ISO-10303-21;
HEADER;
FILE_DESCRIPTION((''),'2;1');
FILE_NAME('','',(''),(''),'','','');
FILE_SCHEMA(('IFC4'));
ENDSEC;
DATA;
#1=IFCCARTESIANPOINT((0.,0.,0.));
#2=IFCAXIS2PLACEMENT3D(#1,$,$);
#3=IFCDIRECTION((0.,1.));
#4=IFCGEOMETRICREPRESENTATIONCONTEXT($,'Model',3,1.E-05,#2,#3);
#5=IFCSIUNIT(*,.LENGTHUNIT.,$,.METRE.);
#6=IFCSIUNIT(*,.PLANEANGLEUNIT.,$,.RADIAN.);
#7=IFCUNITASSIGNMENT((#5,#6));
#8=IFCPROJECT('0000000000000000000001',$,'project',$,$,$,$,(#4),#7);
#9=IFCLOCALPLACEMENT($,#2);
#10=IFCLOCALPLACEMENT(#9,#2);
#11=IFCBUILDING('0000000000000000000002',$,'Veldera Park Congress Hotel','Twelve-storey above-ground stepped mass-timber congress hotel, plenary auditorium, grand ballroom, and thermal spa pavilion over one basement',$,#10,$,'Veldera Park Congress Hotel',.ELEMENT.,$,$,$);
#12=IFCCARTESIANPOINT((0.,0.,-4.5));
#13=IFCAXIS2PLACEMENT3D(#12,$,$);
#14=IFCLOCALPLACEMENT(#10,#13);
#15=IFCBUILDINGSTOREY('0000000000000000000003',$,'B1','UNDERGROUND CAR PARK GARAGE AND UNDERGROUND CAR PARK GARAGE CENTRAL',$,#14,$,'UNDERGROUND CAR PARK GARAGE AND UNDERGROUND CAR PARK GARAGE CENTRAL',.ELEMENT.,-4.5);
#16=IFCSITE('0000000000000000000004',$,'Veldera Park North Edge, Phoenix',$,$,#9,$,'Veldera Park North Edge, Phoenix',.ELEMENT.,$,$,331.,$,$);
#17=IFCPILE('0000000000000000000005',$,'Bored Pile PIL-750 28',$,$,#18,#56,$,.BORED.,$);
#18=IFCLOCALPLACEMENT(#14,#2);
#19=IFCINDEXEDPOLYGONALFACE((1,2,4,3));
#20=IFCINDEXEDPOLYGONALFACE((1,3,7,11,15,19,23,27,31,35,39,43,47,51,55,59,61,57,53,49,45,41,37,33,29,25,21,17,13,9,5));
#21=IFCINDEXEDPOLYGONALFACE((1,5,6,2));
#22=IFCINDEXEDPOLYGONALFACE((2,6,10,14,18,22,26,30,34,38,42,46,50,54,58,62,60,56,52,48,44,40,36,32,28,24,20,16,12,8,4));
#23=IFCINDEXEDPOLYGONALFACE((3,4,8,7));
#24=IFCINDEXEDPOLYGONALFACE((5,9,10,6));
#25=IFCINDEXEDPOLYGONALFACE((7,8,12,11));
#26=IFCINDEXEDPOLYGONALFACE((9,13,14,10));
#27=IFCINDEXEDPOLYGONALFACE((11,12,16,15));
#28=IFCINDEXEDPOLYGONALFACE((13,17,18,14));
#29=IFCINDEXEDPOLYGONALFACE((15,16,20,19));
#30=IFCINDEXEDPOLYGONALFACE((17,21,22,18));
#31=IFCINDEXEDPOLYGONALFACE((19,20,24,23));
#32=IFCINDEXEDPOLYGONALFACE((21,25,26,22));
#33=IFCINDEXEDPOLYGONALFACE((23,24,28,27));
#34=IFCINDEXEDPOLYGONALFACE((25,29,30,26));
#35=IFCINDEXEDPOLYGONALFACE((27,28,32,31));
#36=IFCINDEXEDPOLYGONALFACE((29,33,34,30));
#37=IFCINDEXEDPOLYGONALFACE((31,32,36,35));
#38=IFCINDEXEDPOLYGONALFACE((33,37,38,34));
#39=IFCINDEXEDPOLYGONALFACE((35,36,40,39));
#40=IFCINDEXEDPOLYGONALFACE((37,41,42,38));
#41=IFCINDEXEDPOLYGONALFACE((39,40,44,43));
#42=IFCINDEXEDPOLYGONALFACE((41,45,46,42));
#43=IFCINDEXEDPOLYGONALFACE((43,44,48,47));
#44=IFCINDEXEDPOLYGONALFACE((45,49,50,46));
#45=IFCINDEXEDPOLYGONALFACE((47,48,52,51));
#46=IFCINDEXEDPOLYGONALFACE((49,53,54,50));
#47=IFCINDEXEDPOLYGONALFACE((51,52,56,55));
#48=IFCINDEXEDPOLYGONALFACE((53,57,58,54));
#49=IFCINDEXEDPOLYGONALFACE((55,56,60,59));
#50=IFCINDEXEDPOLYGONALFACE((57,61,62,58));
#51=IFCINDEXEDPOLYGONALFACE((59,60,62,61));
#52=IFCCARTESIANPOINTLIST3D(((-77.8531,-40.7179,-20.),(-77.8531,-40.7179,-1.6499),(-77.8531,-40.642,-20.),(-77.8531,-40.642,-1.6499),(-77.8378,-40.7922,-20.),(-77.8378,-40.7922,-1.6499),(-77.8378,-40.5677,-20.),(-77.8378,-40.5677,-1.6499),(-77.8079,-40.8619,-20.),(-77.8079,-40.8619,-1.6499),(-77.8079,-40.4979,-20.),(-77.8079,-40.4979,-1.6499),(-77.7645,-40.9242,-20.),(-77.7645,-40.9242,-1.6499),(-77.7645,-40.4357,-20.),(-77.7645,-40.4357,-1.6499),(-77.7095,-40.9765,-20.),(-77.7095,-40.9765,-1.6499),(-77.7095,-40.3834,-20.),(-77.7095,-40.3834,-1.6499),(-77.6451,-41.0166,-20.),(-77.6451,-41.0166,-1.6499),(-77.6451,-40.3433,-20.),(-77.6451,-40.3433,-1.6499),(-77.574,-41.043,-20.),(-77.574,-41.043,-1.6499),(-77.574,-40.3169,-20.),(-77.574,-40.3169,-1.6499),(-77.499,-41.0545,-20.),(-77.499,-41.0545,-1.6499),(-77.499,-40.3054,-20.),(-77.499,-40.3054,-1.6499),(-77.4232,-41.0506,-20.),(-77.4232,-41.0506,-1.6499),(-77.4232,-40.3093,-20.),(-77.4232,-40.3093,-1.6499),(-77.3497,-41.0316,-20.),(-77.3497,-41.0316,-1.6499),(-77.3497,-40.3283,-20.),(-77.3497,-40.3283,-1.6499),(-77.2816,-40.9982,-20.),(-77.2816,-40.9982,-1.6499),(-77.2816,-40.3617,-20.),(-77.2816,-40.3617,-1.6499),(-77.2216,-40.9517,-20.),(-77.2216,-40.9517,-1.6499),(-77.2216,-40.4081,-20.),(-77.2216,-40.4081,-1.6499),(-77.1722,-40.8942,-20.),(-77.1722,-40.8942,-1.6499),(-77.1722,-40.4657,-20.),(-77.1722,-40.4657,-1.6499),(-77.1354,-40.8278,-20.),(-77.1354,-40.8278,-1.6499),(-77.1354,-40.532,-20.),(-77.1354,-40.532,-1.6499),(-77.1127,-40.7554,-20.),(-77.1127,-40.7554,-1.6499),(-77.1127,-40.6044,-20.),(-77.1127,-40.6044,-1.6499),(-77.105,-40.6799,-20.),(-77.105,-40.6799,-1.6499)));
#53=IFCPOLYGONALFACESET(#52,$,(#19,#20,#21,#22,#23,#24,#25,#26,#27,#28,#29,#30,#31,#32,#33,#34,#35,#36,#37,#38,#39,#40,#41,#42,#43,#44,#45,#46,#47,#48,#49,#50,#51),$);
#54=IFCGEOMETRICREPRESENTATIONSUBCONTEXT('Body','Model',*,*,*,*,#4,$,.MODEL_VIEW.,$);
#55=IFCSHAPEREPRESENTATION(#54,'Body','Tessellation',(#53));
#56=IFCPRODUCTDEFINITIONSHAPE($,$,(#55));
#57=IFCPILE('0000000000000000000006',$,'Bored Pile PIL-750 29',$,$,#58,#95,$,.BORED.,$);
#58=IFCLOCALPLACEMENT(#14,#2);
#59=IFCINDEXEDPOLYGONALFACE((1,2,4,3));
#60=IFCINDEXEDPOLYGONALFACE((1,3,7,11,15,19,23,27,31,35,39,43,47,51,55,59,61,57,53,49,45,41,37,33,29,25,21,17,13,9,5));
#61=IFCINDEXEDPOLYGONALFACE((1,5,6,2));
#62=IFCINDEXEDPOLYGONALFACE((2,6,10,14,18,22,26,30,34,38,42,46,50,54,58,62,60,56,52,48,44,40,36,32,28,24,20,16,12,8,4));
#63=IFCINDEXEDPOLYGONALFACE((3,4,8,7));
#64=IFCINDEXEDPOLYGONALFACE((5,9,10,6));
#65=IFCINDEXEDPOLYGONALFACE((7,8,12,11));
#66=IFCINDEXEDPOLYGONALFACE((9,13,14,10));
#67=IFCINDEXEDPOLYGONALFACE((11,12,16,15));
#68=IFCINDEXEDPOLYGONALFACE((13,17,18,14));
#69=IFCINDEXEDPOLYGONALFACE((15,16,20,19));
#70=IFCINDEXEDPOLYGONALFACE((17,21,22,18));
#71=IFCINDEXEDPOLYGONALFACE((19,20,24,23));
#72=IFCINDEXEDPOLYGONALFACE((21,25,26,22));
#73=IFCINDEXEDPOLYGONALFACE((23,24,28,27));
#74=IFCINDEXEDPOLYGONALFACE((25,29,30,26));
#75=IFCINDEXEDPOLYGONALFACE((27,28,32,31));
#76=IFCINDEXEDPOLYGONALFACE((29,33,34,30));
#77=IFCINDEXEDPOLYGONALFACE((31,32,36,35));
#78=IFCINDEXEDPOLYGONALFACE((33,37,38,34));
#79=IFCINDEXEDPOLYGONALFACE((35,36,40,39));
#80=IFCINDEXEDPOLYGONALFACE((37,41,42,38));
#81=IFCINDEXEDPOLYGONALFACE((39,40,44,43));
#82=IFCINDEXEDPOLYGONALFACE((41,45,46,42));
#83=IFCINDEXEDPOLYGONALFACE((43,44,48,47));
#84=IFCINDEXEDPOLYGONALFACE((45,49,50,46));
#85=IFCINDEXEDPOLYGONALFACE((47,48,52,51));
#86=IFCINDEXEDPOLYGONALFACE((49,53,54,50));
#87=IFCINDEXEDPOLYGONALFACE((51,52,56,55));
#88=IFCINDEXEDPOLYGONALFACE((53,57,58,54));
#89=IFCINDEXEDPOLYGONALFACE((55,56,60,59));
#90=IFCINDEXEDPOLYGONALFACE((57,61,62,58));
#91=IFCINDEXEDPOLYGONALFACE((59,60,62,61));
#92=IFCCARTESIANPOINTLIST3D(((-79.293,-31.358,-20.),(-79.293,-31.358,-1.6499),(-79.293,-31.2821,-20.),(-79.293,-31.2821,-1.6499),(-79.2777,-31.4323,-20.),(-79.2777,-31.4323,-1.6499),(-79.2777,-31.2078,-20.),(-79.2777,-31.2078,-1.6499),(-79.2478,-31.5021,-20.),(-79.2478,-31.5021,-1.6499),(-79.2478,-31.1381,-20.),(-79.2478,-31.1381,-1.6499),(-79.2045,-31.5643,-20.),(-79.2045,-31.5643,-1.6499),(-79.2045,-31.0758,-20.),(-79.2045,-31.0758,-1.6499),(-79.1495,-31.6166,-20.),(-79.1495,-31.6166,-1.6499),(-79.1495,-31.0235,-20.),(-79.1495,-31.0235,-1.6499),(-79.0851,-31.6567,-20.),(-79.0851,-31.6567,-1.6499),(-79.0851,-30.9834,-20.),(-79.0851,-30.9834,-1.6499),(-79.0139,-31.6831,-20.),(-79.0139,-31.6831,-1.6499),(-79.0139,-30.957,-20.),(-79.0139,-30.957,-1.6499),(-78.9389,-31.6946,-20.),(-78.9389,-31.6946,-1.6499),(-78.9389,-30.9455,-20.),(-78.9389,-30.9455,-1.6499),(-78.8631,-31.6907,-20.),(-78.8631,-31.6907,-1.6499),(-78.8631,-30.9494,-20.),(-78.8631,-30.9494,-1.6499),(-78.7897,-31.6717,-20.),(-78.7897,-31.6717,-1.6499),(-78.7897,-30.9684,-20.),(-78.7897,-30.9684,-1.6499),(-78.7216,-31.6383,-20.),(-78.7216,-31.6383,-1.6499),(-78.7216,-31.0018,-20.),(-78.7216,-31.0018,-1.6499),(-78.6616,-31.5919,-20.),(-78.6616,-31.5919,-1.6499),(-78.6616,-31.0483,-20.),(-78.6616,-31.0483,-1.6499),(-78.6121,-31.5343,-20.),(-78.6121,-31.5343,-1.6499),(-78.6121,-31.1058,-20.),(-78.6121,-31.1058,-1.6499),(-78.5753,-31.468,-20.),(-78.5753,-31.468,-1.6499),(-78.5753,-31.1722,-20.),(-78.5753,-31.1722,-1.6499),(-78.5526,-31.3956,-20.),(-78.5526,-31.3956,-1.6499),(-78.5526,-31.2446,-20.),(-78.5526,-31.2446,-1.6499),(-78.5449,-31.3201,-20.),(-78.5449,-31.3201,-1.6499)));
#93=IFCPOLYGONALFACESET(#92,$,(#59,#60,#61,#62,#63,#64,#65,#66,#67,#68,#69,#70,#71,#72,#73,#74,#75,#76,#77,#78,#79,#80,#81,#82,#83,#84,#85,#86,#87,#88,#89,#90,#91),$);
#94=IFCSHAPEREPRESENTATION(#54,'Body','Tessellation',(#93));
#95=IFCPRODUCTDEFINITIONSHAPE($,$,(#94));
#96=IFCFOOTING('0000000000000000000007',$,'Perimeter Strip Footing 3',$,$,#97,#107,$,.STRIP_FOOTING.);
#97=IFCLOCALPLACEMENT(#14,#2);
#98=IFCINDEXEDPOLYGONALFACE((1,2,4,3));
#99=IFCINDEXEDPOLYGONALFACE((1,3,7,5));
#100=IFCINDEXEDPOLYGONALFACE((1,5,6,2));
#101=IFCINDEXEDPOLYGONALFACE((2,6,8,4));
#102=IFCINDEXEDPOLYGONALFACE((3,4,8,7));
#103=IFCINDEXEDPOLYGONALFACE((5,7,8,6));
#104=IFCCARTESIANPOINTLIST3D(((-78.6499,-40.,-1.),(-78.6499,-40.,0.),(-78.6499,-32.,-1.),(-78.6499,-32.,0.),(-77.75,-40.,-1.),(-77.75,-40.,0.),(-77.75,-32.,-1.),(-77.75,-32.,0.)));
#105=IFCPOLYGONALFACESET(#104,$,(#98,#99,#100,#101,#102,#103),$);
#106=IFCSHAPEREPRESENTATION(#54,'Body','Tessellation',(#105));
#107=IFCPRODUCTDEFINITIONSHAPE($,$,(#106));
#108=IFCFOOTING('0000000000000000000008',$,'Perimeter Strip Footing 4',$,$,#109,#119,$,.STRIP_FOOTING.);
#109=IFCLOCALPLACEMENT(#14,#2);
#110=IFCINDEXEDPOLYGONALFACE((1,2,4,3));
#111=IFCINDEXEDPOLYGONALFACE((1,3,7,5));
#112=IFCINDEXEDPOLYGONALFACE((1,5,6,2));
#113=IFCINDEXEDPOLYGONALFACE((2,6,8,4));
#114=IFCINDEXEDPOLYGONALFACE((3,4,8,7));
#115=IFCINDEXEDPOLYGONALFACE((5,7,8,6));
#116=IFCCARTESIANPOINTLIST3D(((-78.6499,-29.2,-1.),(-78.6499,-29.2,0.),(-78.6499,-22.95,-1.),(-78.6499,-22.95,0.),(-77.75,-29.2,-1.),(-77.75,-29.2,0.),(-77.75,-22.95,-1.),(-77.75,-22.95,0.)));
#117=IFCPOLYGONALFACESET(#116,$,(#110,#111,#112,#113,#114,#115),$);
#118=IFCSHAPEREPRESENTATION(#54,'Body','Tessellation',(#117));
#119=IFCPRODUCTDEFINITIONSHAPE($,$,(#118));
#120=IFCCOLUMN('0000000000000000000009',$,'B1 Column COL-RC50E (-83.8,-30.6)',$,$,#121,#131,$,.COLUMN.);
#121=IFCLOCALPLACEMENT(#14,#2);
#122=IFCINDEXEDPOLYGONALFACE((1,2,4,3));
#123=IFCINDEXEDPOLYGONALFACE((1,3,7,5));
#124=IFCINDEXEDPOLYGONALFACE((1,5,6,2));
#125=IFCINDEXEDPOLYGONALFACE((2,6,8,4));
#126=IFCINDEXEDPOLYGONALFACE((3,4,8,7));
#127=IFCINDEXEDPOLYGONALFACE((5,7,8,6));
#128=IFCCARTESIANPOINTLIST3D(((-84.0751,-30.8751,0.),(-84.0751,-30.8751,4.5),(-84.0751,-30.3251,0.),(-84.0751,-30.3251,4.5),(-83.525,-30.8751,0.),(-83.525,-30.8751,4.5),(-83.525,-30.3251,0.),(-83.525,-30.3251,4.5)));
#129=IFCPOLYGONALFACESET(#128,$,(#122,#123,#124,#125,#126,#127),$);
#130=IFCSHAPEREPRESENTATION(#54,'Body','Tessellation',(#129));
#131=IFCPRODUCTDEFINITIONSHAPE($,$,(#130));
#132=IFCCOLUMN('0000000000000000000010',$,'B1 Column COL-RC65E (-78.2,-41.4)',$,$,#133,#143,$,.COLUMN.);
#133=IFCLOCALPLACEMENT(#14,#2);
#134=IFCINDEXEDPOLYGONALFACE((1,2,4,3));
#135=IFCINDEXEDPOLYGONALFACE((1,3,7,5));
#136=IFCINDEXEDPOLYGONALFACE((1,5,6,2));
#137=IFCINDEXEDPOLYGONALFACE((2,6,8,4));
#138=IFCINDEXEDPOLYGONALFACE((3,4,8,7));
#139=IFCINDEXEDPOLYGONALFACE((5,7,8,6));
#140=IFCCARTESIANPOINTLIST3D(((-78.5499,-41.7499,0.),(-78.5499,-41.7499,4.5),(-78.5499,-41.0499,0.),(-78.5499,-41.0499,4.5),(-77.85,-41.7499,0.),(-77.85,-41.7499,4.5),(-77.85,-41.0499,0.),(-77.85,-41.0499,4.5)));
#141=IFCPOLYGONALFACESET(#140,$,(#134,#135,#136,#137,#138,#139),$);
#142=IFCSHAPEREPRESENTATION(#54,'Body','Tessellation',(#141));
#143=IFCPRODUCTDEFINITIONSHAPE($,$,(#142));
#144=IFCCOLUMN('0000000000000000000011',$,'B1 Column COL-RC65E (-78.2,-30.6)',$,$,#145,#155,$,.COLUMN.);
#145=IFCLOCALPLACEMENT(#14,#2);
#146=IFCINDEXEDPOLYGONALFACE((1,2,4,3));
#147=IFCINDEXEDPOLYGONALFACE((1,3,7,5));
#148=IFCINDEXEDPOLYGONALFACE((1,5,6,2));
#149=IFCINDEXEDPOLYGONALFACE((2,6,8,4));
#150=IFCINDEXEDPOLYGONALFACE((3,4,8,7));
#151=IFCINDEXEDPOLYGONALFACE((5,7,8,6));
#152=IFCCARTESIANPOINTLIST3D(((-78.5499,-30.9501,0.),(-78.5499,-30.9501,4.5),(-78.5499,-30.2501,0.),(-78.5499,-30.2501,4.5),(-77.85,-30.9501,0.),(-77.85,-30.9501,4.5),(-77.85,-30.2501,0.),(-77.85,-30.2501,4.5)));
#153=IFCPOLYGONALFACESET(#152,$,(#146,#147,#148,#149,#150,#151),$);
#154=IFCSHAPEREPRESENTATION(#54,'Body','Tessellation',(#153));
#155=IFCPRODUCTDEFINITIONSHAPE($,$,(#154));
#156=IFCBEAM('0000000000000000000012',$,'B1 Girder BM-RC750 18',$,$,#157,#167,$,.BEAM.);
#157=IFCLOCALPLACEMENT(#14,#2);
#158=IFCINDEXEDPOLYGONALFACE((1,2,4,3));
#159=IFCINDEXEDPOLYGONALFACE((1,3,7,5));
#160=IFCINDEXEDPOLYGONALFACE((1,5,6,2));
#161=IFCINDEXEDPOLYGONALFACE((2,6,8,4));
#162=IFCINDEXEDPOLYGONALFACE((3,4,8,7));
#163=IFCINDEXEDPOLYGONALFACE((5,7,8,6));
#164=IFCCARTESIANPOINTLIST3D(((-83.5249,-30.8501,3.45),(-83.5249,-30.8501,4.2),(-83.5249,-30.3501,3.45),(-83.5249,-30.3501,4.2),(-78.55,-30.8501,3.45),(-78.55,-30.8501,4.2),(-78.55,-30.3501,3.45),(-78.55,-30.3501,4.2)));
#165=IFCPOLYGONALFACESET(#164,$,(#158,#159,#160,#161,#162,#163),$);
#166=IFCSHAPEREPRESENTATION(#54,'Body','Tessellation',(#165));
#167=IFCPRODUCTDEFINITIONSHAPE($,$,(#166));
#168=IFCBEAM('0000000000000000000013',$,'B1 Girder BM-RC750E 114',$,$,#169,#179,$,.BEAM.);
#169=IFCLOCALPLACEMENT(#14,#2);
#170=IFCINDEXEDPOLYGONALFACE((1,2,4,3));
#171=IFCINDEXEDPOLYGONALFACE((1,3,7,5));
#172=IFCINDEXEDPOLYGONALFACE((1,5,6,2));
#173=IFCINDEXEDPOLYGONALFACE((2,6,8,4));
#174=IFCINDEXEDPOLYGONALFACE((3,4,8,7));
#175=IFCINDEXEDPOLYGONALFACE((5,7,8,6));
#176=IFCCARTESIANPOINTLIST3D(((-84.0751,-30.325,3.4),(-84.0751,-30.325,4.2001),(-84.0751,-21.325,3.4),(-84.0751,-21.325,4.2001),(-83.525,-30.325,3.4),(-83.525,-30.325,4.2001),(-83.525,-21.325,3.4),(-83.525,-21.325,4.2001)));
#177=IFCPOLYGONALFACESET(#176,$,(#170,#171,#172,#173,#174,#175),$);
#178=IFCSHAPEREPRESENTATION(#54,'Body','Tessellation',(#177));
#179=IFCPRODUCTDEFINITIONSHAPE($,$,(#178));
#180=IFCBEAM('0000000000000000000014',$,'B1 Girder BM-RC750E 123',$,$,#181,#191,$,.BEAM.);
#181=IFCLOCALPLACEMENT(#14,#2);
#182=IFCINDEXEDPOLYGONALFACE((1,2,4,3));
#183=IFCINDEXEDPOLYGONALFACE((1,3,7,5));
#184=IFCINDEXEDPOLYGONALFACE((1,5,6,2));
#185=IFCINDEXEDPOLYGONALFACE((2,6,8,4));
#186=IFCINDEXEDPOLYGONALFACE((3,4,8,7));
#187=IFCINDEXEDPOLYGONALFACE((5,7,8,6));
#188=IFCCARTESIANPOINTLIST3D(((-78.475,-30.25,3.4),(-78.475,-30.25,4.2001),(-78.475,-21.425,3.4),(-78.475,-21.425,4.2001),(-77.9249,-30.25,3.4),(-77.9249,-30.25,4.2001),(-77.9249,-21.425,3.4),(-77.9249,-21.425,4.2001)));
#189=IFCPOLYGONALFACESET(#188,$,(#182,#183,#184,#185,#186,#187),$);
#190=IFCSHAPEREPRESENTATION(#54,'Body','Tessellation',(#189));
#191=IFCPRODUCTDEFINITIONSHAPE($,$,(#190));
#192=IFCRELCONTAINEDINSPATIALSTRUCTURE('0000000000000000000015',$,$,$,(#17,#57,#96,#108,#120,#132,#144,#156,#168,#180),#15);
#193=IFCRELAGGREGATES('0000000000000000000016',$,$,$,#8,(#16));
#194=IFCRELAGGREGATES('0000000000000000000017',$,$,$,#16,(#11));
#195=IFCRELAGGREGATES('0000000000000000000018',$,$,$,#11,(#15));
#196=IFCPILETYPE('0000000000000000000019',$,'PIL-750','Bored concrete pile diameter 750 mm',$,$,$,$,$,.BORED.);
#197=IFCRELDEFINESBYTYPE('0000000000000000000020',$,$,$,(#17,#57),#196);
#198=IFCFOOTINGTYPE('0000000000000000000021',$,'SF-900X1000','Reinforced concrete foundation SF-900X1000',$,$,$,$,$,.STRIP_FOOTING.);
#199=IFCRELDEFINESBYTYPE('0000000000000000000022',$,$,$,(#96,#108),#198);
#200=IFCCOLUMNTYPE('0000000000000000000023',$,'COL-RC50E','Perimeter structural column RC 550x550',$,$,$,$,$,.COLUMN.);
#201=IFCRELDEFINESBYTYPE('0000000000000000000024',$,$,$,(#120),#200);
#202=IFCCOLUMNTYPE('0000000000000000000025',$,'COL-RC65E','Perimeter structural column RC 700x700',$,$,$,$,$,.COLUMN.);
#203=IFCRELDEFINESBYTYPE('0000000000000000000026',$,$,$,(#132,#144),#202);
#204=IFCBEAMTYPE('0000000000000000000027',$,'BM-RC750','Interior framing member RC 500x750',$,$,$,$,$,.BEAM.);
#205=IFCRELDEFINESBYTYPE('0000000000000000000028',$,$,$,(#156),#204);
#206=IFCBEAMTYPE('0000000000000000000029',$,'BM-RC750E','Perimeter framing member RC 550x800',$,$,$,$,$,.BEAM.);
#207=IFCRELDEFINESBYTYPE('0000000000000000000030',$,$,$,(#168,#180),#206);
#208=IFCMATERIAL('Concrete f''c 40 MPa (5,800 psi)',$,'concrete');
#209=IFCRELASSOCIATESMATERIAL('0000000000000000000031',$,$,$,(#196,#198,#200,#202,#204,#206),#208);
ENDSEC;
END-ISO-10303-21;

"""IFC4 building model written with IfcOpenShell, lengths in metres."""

from ifc_helpers import new_model, si_unit, direction, frame, origin, origin_2d, place, context, subcontext, project, spatial, rectangle, circle, extrude, material, material_profile, profile_set, type_object, element, save


model = new_model("IFC4")

# Units and contexts
model_context = context("Model", 3, precision=1e-05, world=origin(), true_north=direction((0.0, 1.0)))
body_context = subcontext(model_context, "Body", "Model", "MODEL_VIEW")
ifc_project = project(units=[si_unit("LENGTHUNIT", "METRE"), si_unit("PLANEANGLEUNIT", "RADIAN")], contexts=[model_context])

# Site, building, storey
site_placement = place(None, origin())
site = spatial("IfcSite", under=ifc_project, at=site_placement, Name="Veldera Park North Edge, Phoenix", LongName="Veldera Park North Edge, Phoenix", CompositionType="ELEMENT", RefElevation=331.0)
building_placement = place(site_placement, origin())
building = spatial("IfcBuilding", under=site, at=building_placement, Name="Veldera Park Congress Hotel", Description="Twelve-storey above-ground stepped mass-timber congress hotel, plenary auditorium, grand ballroom, and thermal spa pavilion over one basement", LongName="Veldera Park Congress Hotel", CompositionType="ELEMENT")
storey_placement = place(building_placement, frame((0.0, 0.0, -4.5)))
storey = spatial("IfcBuildingStorey", under=building, at=storey_placement, Name="B1", Description="UNDERGROUND CAR PARK GARAGE AND UNDERGROUND CAR PARK GARAGE CENTRAL", LongName="UNDERGROUND CAR PARK GARAGE AND UNDERGROUND CAR PARK GARAGE CENTRAL", CompositionType="ELEMENT", Elevation=-4.5)

# Shared definitions
ifc_material = material(Name="Concrete f'c 40 MPa (5,800 psi)", Category="concrete")

# Piles
ifc_material_profile_1 = material_profile(ifc_material, circle(Radius=0.375, at=origin_2d()), Name="PILE D750")
ifc_profile_set_1 = profile_set([ifc_material_profile_1], Name="Concrete f'c 40 MPa (5,800 psi)")
pile_type = type_object("IfcPileType", Name="PIL-750", Description="Bored concrete pile diameter 750 mm", PredefinedType="BORED", material=ifc_profile_set_1)
for number, where, z_axis, x_axis, name in (
    (1, (-77.48, -40.6799, -1.6499), (0.0, 0.0, -1.0), (1.0, 0.0, 0.0), "Bored Pile PIL-750 28"),
    (2, (-78.9199, -31.3201, -1.6499), (0.0, 0.0, -1.0), (1.0, 0.0, 0.0), "Bored Pile PIL-750 29"),
):
    element("IfcPile", number, at=place(storey_placement, frame(where, z_axis=z_axis, x_axis=x_axis)), inside=storey, type_object=pile_type, Name=name, PredefinedType="BORED", context=body_context, shape_type="SweptSolid", body=[
        extrude(circle(Radius=0.375, at=origin_2d()), origin(), (0.0, 0.0, 1.0), 18.3501),
    ])

# Footings
footing_type_1 = type_object("IfcFootingType", Name="SF-900X1000", Description="Reinforced concrete foundation SF-900X1000", PredefinedType="STRIP_FOOTING", material=ifc_material)
footing_1_placement = place(storey_placement, frame((-78.2, -36.0, -1.0), z_axis=(0.0, 0.0, 1.0), x_axis=(0.0, 1.0, 0.0)))
element("IfcFooting", 3, at=footing_1_placement, inside=storey, type_object=footing_type_1, Name="Perimeter Strip Footing 3", PredefinedType="STRIP_FOOTING", context=body_context, shape_type="SweptSolid", body=[
    extrude(rectangle(XDim=8.0, YDim=0.8999, at=origin_2d()), origin(), (0.0, 0.0, 1.0), 1.0),
])
footing_2_placement = place(storey_placement, frame((-78.2, -26.075, -1.0), z_axis=(0.0, 0.0, 1.0), x_axis=(0.0, 1.0, 0.0)))
element("IfcFooting", 4, at=footing_2_placement, inside=storey, type_object=footing_type_1, Name="Perimeter Strip Footing 4", PredefinedType="STRIP_FOOTING", context=body_context, shape_type="SweptSolid", body=[
    extrude(rectangle(XDim=6.25, YDim=0.8999, at=origin_2d()), origin(), (0.0, 0.0, 1.0), 1.0),
])

# Columns
ifc_material_profile_2 = material_profile(ifc_material, rectangle(XDim=0.55, YDim=0.55, at=origin_2d()), Name="RC 550x550")
ifc_profile_set_2 = profile_set([ifc_material_profile_2], Name="Concrete f'c 40 MPa (5,800 psi)")
column_type_1 = type_object("IfcColumnType", Name="COL-RC50E", Description="Perimeter structural column RC 550x550", PredefinedType="COLUMN", material=ifc_profile_set_2)
column_placement = place(storey_placement, frame((-83.8, -30.6001, 0.0), z_axis=(0.0, 0.0, 1.0), x_axis=(1.0, 0.0, 0.0)))
element("IfcColumn", 5, at=column_placement, inside=storey, type_object=column_type_1, Name="B1 Column COL-RC50E (-83.8,-30.6)", PredefinedType="COLUMN", context=body_context, shape_type="SweptSolid", body=[
    extrude(rectangle(XDim=0.55, YDim=0.55, at=origin_2d()), origin(), (0.0, 0.0, 1.0), 4.5),
])
ifc_material_profile_3 = material_profile(ifc_material, rectangle(XDim=0.7, YDim=0.7, at=origin_2d()), Name="RC 700x700")
ifc_profile_set_3 = profile_set([ifc_material_profile_3], Name="Concrete f'c 40 MPa (5,800 psi)")
column_type_2 = type_object("IfcColumnType", Name="COL-RC65E", Description="Perimeter structural column RC 700x700", PredefinedType="COLUMN", material=ifc_profile_set_3)
for number, where, z_axis, x_axis, name in (
    (6, (-78.2, -41.3999, 0.0), (0.0, 0.0, 1.0), (1.0, 0.0, 0.0), "B1 Column COL-RC65E (-78.2,-41.4)"),
    (7, (-78.2, -30.6001, 0.0), (0.0, 0.0, 1.0), (1.0, 0.0, 0.0), "B1 Column COL-RC65E (-78.2,-30.6)"),
):
    element("IfcColumn", number, at=place(storey_placement, frame(where, z_axis=z_axis, x_axis=x_axis)), inside=storey, type_object=column_type_2, Name=name, PredefinedType="COLUMN", context=body_context, shape_type="SweptSolid", body=[
        extrude(rectangle(XDim=0.7, YDim=0.7, at=origin_2d()), origin(), (0.0, 0.0, 1.0), 4.5),
    ])

# Beams
ifc_material_profile_4 = material_profile(ifc_material, rectangle(XDim=0.5, YDim=0.75, at=origin_2d()), Name="RC 500x750")
ifc_profile_set_4 = profile_set([ifc_material_profile_4], Name="Concrete f'c 40 MPa (5,800 psi)")
beam_type_1 = type_object("IfcBeamType", Name="BM-RC750", Description="Interior framing member RC 500x750", PredefinedType="BEAM", material=ifc_profile_set_4)
beam_1_placement = place(storey_placement, frame((-83.5249, -30.6001, 3.825), z_axis=(1.0, 0.0, 0.0), x_axis=(0.0, 1.0, 0.0)))
element("IfcBeam", 8, at=beam_1_placement, inside=storey, type_object=beam_type_1, Name="B1 Girder BM-RC750 18", PredefinedType="BEAM", context=body_context, shape_type="SweptSolid", body=[
    extrude(rectangle(XDim=0.5, YDim=0.75, at=origin_2d()), origin(), (0.0, 0.0, 1.0), 4.9749),
])
ifc_material_profile_5 = material_profile(ifc_material, rectangle(XDim=0.55, YDim=0.8, at=origin_2d()), Name="RC 550x800")
ifc_profile_set_5 = profile_set([ifc_material_profile_5], Name="Concrete f'c 40 MPa (5,800 psi)")
beam_type_2 = type_object("IfcBeamType", Name="BM-RC750E", Description="Perimeter framing member RC 550x800", PredefinedType="BEAM", material=ifc_profile_set_5)
beam_2_placement = place(storey_placement, frame((-83.8, -30.325, 3.8), z_axis=(0.0, 1.0, 0.0), x_axis=(-1.0, 0.0, 0.0)))
element("IfcBeam", 9, at=beam_2_placement, inside=storey, type_object=beam_type_2, Name="B1 Girder BM-RC750E 114", PredefinedType="BEAM", context=body_context, shape_type="SweptSolid", body=[
    extrude(rectangle(XDim=0.55, YDim=0.8, at=origin_2d()), origin(), (0.0, 0.0, 1.0), 9.0),
])
beam_3_placement = place(storey_placement, frame((-78.2, -30.25, 3.8), z_axis=(0.0, 1.0, 0.0), x_axis=(-1.0, 0.0, 0.0)))
element("IfcBeam", 10, at=beam_3_placement, inside=storey, type_object=beam_type_2, Name="B1 Girder BM-RC750E 123", PredefinedType="BEAM", context=body_context, shape_type="SweptSolid", body=[
    extrude(rectangle(XDim=0.55, YDim=0.8, at=origin_2d()), origin(), (0.0, 0.0, 1.0), 8.825),
])

save(model, "model.ifc")
